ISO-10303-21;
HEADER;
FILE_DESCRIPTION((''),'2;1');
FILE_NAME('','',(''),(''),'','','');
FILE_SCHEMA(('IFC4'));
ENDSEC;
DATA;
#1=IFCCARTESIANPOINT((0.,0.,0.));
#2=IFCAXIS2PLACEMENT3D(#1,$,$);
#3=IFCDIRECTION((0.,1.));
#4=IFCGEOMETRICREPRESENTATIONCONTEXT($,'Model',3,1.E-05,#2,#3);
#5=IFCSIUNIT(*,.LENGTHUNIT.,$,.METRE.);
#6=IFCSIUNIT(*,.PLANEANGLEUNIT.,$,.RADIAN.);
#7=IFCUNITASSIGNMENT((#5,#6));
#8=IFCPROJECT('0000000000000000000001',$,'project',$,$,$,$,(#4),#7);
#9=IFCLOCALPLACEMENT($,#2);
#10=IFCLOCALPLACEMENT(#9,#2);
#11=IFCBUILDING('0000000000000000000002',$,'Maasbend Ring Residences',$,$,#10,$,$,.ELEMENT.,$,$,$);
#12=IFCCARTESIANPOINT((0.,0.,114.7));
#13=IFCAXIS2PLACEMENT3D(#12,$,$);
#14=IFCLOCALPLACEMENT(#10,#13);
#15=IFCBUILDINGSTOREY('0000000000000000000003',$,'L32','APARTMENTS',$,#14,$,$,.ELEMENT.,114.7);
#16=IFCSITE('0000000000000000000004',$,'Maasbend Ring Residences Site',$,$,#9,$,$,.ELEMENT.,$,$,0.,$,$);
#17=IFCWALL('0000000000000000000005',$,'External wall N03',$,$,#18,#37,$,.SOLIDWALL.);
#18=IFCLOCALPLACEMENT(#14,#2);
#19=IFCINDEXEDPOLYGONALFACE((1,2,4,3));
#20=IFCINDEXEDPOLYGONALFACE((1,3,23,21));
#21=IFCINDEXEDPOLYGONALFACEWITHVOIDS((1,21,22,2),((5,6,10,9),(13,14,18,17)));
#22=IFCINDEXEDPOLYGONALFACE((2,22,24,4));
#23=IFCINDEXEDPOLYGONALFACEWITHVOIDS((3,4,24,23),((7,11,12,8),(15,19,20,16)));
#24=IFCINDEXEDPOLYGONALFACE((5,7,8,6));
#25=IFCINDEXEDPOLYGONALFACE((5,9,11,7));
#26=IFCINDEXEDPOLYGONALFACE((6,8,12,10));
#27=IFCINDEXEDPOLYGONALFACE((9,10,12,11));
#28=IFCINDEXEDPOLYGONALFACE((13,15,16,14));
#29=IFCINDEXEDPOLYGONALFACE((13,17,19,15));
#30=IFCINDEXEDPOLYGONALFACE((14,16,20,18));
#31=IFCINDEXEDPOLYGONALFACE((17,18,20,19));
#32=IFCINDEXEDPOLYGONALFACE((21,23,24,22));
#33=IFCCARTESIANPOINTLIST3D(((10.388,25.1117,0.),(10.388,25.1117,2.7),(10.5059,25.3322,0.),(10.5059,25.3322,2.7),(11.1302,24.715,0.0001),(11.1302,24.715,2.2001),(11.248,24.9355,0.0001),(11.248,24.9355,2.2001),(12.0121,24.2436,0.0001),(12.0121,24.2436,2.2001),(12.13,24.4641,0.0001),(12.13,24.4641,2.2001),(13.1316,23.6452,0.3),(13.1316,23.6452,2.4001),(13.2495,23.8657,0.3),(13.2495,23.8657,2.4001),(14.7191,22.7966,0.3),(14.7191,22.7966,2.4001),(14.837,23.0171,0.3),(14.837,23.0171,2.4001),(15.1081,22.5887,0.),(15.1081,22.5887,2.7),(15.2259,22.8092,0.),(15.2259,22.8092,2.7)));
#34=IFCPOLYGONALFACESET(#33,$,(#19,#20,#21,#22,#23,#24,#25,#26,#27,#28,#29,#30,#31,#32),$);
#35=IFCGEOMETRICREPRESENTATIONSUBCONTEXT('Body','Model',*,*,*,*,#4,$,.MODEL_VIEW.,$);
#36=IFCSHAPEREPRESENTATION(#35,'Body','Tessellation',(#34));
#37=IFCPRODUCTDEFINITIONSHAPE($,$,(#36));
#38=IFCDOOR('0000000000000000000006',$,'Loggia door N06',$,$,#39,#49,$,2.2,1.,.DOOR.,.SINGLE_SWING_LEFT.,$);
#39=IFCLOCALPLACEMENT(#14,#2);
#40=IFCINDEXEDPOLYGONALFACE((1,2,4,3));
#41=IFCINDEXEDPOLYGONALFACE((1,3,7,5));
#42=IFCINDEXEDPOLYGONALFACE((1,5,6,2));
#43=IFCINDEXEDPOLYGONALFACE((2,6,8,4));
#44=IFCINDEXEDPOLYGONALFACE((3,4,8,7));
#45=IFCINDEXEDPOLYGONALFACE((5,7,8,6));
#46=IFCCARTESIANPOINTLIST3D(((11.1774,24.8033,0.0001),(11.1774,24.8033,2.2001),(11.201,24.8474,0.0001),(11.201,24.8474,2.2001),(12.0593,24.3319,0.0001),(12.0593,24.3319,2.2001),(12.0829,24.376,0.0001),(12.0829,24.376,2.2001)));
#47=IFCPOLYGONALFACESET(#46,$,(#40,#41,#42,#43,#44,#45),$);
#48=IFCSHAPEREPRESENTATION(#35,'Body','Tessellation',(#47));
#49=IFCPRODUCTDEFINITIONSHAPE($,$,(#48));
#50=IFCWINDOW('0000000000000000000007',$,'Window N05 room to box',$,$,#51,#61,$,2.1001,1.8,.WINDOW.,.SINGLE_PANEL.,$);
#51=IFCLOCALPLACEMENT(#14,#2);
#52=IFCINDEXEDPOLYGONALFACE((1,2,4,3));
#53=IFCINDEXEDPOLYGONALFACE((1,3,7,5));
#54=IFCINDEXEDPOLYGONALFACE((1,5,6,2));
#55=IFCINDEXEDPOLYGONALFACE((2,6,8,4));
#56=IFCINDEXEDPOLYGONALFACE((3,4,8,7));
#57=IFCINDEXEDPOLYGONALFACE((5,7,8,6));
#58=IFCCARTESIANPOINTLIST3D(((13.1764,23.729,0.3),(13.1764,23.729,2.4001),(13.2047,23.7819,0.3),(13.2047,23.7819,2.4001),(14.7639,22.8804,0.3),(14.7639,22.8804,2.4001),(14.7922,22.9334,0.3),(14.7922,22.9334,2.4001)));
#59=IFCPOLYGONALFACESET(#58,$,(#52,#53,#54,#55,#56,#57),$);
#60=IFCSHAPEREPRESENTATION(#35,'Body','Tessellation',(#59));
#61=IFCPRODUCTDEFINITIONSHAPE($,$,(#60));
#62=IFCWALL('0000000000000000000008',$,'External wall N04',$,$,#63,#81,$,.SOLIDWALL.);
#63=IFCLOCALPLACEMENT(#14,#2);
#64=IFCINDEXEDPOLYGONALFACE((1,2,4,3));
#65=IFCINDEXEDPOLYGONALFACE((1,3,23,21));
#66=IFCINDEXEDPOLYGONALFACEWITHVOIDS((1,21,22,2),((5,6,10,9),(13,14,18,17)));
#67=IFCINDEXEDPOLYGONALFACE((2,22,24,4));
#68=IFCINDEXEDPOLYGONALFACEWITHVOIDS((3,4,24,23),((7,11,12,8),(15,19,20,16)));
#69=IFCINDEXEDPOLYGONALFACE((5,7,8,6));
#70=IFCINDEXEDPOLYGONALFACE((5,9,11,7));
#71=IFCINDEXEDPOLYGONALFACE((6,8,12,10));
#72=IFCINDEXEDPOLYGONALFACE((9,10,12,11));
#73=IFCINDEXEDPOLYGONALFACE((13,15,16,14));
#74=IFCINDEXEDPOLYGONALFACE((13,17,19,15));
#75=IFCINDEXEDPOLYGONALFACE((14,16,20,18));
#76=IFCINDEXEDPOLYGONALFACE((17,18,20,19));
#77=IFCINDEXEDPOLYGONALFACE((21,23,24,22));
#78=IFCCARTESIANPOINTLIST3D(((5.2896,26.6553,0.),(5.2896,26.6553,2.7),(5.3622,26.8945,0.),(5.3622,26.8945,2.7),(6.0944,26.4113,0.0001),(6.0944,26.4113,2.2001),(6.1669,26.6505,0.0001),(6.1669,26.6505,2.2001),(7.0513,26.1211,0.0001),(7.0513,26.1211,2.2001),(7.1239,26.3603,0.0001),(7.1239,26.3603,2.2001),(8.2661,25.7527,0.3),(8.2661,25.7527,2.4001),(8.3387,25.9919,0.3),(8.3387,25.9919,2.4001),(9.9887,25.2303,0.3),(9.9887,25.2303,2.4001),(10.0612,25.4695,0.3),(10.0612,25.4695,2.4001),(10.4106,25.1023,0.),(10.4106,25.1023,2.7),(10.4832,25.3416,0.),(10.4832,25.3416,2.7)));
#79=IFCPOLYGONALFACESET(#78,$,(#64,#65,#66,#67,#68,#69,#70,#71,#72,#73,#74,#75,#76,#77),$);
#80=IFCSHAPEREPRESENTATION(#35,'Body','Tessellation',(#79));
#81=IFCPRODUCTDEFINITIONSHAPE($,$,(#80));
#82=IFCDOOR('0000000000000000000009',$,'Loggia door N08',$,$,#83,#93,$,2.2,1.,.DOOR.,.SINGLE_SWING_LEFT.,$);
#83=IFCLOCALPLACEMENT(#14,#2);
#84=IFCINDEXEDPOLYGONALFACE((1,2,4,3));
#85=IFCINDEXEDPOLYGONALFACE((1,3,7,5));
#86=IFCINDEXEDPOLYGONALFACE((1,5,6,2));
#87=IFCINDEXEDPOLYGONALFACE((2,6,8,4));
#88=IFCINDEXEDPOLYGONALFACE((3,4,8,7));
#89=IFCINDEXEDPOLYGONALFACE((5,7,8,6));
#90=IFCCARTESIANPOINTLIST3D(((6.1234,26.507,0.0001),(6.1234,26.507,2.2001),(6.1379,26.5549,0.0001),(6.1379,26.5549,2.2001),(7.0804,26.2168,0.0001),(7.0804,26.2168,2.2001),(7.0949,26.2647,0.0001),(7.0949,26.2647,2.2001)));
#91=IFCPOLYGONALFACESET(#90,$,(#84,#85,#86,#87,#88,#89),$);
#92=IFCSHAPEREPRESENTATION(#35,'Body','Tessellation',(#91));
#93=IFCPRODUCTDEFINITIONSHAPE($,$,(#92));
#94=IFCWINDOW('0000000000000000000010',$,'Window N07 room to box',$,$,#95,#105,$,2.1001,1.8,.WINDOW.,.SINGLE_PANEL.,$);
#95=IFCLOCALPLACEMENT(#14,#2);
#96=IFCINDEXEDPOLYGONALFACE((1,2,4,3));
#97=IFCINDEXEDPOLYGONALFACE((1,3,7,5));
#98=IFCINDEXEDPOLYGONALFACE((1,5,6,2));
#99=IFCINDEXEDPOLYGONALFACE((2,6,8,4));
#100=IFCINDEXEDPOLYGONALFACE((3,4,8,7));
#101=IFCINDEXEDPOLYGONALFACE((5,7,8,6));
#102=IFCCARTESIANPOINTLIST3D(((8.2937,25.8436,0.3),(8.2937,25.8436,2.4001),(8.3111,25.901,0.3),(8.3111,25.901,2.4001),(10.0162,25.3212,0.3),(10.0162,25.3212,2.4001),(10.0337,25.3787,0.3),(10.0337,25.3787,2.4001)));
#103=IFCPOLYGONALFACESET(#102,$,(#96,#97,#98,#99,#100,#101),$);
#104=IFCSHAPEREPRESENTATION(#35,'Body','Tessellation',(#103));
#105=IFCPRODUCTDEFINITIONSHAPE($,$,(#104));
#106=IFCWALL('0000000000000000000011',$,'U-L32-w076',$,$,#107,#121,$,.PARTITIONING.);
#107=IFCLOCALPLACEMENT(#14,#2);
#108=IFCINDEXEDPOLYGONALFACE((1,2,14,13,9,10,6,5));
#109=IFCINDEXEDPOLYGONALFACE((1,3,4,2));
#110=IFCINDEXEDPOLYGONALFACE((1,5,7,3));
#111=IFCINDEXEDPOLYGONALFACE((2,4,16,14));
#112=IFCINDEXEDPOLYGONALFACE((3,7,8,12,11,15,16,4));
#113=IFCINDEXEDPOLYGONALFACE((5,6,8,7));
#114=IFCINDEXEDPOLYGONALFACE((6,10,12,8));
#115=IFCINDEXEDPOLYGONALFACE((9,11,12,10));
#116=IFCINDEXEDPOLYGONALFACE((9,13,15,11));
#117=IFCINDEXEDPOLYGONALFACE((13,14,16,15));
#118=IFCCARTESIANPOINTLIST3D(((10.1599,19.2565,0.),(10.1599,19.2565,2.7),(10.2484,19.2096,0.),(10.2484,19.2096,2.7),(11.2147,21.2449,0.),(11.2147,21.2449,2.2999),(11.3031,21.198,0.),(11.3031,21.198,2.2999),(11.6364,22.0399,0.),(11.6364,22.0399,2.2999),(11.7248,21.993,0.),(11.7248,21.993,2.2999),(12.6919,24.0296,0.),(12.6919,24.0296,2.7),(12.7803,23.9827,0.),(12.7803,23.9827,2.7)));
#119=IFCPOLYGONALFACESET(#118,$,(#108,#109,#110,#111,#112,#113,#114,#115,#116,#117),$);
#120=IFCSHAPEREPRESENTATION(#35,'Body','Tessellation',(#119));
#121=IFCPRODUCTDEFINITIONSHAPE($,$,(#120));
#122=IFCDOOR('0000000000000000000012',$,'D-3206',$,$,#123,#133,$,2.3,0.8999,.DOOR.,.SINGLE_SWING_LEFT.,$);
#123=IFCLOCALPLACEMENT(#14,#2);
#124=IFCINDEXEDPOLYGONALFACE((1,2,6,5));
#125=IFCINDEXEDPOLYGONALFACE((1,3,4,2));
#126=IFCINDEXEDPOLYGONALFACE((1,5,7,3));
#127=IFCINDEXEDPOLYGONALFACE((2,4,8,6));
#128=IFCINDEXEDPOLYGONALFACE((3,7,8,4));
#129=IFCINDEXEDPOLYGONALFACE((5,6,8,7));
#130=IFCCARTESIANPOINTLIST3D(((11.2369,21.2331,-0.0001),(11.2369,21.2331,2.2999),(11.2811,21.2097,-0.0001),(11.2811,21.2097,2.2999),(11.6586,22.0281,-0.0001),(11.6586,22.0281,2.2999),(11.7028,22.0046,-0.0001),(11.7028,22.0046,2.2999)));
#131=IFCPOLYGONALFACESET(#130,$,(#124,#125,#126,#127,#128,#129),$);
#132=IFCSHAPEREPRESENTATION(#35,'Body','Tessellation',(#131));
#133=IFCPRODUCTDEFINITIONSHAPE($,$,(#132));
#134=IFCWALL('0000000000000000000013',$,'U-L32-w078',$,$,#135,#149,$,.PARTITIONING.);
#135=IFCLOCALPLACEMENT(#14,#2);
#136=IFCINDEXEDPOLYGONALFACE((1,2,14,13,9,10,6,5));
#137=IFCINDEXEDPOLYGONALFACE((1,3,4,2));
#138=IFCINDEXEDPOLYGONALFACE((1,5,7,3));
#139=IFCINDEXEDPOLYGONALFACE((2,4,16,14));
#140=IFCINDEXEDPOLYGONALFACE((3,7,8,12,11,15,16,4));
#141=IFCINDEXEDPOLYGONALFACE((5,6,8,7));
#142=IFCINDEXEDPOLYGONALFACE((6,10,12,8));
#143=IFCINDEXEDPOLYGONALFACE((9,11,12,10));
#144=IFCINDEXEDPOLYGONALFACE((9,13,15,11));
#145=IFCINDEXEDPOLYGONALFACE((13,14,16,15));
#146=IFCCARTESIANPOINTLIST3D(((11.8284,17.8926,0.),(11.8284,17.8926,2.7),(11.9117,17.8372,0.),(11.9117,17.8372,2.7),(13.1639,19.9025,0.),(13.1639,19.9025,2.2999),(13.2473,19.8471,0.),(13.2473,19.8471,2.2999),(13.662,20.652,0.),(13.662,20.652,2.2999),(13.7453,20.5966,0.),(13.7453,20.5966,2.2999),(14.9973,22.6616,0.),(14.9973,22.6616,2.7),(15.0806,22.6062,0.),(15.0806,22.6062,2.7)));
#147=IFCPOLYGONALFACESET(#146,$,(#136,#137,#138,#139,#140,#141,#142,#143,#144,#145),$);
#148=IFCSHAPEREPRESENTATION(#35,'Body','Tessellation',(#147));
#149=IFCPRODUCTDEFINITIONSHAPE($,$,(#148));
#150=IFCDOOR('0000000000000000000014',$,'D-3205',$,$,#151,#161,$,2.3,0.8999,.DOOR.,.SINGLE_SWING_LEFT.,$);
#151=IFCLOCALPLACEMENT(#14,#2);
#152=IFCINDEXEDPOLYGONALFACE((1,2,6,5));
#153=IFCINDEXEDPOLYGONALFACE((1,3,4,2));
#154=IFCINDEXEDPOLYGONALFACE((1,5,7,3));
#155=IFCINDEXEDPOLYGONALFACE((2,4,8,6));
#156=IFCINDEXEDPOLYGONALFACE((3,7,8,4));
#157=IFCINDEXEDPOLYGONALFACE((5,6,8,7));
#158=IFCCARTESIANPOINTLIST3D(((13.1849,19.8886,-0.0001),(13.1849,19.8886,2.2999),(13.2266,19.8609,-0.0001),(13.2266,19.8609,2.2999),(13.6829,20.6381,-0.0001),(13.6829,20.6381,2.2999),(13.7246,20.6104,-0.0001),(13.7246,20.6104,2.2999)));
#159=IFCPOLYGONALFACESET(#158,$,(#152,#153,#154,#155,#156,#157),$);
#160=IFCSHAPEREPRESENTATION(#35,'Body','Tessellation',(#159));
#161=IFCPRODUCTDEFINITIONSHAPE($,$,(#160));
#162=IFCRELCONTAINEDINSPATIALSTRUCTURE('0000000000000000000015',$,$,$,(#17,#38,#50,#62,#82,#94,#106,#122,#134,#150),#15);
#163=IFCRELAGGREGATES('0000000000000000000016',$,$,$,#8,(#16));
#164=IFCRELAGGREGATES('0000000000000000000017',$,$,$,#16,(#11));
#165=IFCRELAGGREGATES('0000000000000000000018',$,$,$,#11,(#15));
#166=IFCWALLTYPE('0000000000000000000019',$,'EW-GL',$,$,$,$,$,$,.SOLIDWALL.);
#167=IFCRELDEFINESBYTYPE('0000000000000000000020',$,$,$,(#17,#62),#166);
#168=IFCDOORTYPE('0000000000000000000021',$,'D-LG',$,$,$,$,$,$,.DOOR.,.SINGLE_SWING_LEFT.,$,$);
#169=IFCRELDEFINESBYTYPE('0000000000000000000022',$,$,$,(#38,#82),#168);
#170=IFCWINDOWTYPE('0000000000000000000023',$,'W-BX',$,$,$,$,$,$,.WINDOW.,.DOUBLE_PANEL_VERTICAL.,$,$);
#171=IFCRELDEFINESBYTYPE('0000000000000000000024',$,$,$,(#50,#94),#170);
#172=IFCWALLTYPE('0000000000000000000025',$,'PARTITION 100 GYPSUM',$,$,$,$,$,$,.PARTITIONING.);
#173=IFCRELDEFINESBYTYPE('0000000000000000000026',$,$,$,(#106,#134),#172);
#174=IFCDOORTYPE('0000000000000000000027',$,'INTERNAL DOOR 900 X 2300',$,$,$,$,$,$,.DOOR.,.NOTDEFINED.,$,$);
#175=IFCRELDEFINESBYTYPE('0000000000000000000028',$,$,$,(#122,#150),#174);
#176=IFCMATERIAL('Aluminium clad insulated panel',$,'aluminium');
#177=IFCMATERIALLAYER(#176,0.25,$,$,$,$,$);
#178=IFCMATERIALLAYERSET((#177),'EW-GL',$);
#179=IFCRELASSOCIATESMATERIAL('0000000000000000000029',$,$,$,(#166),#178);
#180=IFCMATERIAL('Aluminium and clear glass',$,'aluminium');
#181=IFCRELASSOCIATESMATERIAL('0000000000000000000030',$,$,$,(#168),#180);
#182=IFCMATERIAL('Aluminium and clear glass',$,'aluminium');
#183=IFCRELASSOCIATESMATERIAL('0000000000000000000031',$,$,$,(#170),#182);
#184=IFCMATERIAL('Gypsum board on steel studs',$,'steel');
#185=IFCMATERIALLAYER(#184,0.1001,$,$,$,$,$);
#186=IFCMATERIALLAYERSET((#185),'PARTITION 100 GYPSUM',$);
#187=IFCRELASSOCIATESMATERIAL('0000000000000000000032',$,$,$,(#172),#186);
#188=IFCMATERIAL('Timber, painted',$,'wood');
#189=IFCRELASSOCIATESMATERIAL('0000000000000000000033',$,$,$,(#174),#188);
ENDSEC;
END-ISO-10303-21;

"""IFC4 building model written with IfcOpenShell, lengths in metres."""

from ifc_helpers import new_model, si_unit, direction, frame, frame_2d, origin, place, context, subcontext, project, spatial, rectangle, extrude, material, layer, layer_set, type_object, element, fill, save


model = new_model("IFC4")

# Units and contexts
model_context = context("Model", 3, precision=1e-05, world=origin(), true_north=direction((0.0, 1.0)))
body_context = subcontext(model_context, "Body", "Model", "MODEL_VIEW")
ifc_project = project(units=[si_unit("LENGTHUNIT", "METRE"), si_unit("PLANEANGLEUNIT", "RADIAN")], contexts=[model_context])

# Site, building, storey
site_placement = place(None, origin())
site = spatial("IfcSite", under=ifc_project, at=site_placement, Name="Maasbend Ring Residences Site", CompositionType="ELEMENT", RefElevation=0.0)
building_placement = place(site_placement, origin())
building = spatial("IfcBuilding", under=site, at=building_placement, Name="Maasbend Ring Residences", CompositionType="ELEMENT")
storey_placement = place(building_placement, frame((0.0, 0.0, 114.7)))
storey = spatial("IfcBuildingStorey", under=building, at=storey_placement, Name="L32", Description="APARTMENTS", CompositionType="ELEMENT", Elevation=114.7)

# Walls, openings, doors, windows
ifc_material_1 = material(Name="Aluminium clad insulated panel", Category="aluminium")
ifc_layer_1 = layer(ifc_material_1, 0.25)
ifc_layer_set_1 = layer_set([ifc_layer_1], Name="EW-GL")
wall_type_1 = type_object("IfcWallType", Name="EW-GL", PredefinedType="SOLIDWALL", material=ifc_layer_set_1)
wall_1_placement = place(storey_placement, frame((15.167, 22.699, 0.0), z_axis=(0.0, 0.0, 1.0), x_axis=(-0.881916, 0.471407, 0.0)))
wall_1 = element("IfcWall", 1, at=wall_1_placement, inside=storey, type_object=wall_type_1, Name="External wall N03", PredefinedType="SOLIDWALL", context=body_context, shape_type="SweptSolid", body=[
    extrude(rectangle(XDim=5.3521, YDim=0.25, at=frame_2d((2.676, 0.0))), origin(), (0.0, 0.0, 1.0), 2.7),
])
opening_1_placement = place(wall_1_placement, frame((0.4412, 0.0, 0.3)))
opening_1 = element("IfcOpeningElement", 2, at=opening_1_placement, cuts=wall_1, PredefinedType="OPENING", context=body_context, shape_type="SweptSolid", body=[
    extrude(rectangle(XDim=1.8, YDim=2.1001, at=frame_2d((0.8999, 1.05))), frame((0.0, 0.135, 0.0), z_axis=(0.0, -1.0, 0.0), x_axis=(1.0, 0.0, 0.0)), (0.0, 0.0, 1.0), 0.27),
])
opening_2_placement = place(wall_1_placement, frame((3.5105, 0.0, 0.0)))
opening_2 = element("IfcOpeningElement", 3, at=opening_2_placement, cuts=wall_1, PredefinedType="OPENING", context=body_context, shape_type="SweptSolid", body=[
    extrude(rectangle(XDim=1.0, YDim=2.2, at=frame_2d((0.5, 1.1001))), frame((0.0, 0.135, 0.0), z_axis=(0.0, -1.0, 0.0), x_axis=(1.0, 0.0, 0.0)), (0.0, 0.0, 1.0), 0.27),
])
ifc_material_2 = material(Name="Aluminium and clear glass", Category="aluminium")
door_type_1 = type_object("IfcDoorType", Name="D-LG", OperationType="SINGLE_SWING_LEFT", PredefinedType="DOOR", material=ifc_material_2)
door_1_placement = place(opening_2_placement, origin())
door_1 = element("IfcDoor", 4, at=door_1_placement, inside=storey, type_object=door_type_1, Name="Loggia door N06", OperationType="SINGLE_SWING_LEFT", OverallHeight=2.2, OverallWidth=1.0, PredefinedType="DOOR", context=body_context, shape_type="SweptSolid", body=[
    extrude(rectangle(XDim=1.0, YDim=2.2, at=frame_2d((0.5, 1.1001))), frame((0.0, 0.0249, 0.0), z_axis=(0.0, -1.0, 0.0), x_axis=(1.0, 0.0, 0.0)), (0.0, 0.0, 1.0), 0.05),
])
fill(opening_2, door_1)
ifc_material_3 = material(Name="Aluminium and clear glass", Category="aluminium")
window_type_1 = type_object("IfcWindowType", Name="W-BX", PartitioningType="DOUBLE_PANEL_VERTICAL", PredefinedType="WINDOW", material=ifc_material_3)
window_1_placement = place(opening_1_placement, origin())
window_1 = element("IfcWindow", 5, at=window_1_placement, inside=storey, type_object=window_type_1, Name="Window N05 room to box", OverallHeight=2.1001, OverallWidth=1.8, PartitioningType="SINGLE_PANEL", PredefinedType="WINDOW", context=body_context, shape_type="SweptSolid", body=[
    extrude(rectangle(XDim=1.8, YDim=2.1001, at=frame_2d((0.8999, 1.05))), frame((0.0, 0.03, 0.0), z_axis=(0.0, -1.0, 0.0), x_axis=(1.0, 0.0, 0.0)), (0.0, 0.0, 1.0), 0.0601),
])
fill(opening_1, window_1)
wall_2_placement = place(storey_placement, frame((10.447, 25.2219, 0.0), z_axis=(0.0, 0.0, 1.0), x_axis=(-0.956966, 0.290201, 0.0)))
wall_2 = element("IfcWall", 6, at=wall_2_placement, inside=storey, type_object=wall_type_1, Name="External wall N04", PredefinedType="SOLIDWALL", context=body_context, shape_type="SweptSolid", body=[
    extrude(rectangle(XDim=5.3513, YDim=0.25, at=frame_2d((2.6758, 0.0))), origin(), (0.0, 0.0, 1.0), 2.7),
])
opening_3_placement = place(wall_2_placement, frame((0.4412, 0.0, 0.3)))
opening_3 = element("IfcOpeningElement", 7, at=opening_3_placement, cuts=wall_2, PredefinedType="OPENING", context=body_context, shape_type="SweptSolid", body=[
    extrude(rectangle(XDim=1.8, YDim=2.1001, at=frame_2d((0.8999, 1.05))), frame((0.0, 0.135, 0.0), z_axis=(0.0, -1.0, 0.0), x_axis=(1.0, 0.0, 0.0)), (0.0, 0.0, 1.0), 0.27),
])
opening_4_placement = place(wall_2_placement, frame((3.5105, 0.0, 0.0)))
opening_4 = element("IfcOpeningElement", 8, at=opening_4_placement, cuts=wall_2, PredefinedType="OPENING", context=body_context, shape_type="SweptSolid", body=[
    extrude(rectangle(XDim=1.0, YDim=2.2, at=frame_2d((0.5, 1.1001))), frame((0.0, 0.135, 0.0), z_axis=(0.0, -1.0, 0.0), x_axis=(1.0, 0.0, 0.0)), (0.0, 0.0, 1.0), 0.27),
])
door_2_placement = place(opening_4_placement, origin())
door_2 = element("IfcDoor", 9, at=door_2_placement, inside=storey, type_object=door_type_1, Name="Loggia door N08", OperationType="SINGLE_SWING_LEFT", OverallHeight=2.2, OverallWidth=1.0, PredefinedType="DOOR", context=body_context, shape_type="SweptSolid", body=[
    extrude(rectangle(XDim=1.0, YDim=2.2, at=frame_2d((0.5, 1.1001))), frame((0.0, 0.0249, 0.0), z_axis=(0.0, -1.0, 0.0), x_axis=(1.0, 0.0, 0.0)), (0.0, 0.0, 1.0), 0.05),
])
fill(opening_4, door_2)
window_2_placement = place(opening_3_placement, origin())
window_2 = element("IfcWindow", 10, at=window_2_placement, inside=storey, type_object=window_type_1, Name="Window N07 room to box", OverallHeight=2.1001, OverallWidth=1.8, PartitioningType="SINGLE_PANEL", PredefinedType="WINDOW", context=body_context, shape_type="SweptSolid", body=[
    extrude(rectangle(XDim=1.8, YDim=2.1001, at=frame_2d((0.8999, 1.05))), frame((0.0, 0.03, 0.0), z_axis=(0.0, -1.0, 0.0), x_axis=(1.0, 0.0, 0.0)), (0.0, 0.0, 1.0), 0.0601),
])
fill(opening_3, window_2)

# Walls, openings, doors
ifc_material_4 = material(Name="Gypsum board on steel studs", Category="steel")
ifc_layer_2 = layer(ifc_material_4, 0.1001)
ifc_layer_set_2 = layer_set([ifc_layer_2], Name="PARTITION 100 GYPSUM")
wall_type_2 = type_object("IfcWallType", Name="PARTITION 100 GYPSUM", PredefinedType="PARTITIONING", material=ifc_layer_set_2)
wall_3_placement = place(storey_placement, frame((10.2041, 19.2329, 0.0), z_axis=(0.0, 0.0, 1.0), x_axis=(0.46861, 0.883405, 0.0)))
wall_3 = element("IfcWall", 11, at=wall_3_placement, inside=storey, type_object=wall_type_2, Name="U-L32-w076", PredefinedType="PARTITIONING", context=body_context, shape_type="SweptSolid", body=[
    extrude(rectangle(XDim=5.4031, YDim=0.1001, at=frame_2d((2.7017, 0.0))), origin(), (0.0, 0.0, 1.0), 2.7),
])
opening_5_placement = place(wall_3_placement, frame((2.251, 0.0, 0.0)))
opening_5 = element("IfcOpeningElement", 12, at=opening_5_placement, cuts=wall_3, PredefinedType="OPENING", context=body_context, shape_type="SweptSolid", body=[
    extrude(rectangle(XDim=0.8999, YDim=2.3, at=frame_2d((0.45, 1.1499))), frame((0.0, 0.0601, 0.0), z_axis=(0.0, -1.0, 0.0), x_axis=(1.0, 0.0, 0.0)), (0.0, 0.0, 1.0), 0.1201),
])
ifc_material_5 = material(Name="Timber, painted", Category="wood")
door_type_2 = type_object("IfcDoorType", Name="INTERNAL DOOR 900 X 2300", OperationType="NOTDEFINED", PredefinedType="DOOR", material=ifc_material_5)
door_3_placement = place(opening_5_placement, origin())
door_3 = element("IfcDoor", 13, at=door_3_placement, inside=storey, type_object=door_type_2, Name="D-3206", OperationType="SINGLE_SWING_LEFT", OverallHeight=2.3, OverallWidth=0.8999, PredefinedType="DOOR", context=body_context, shape_type="SweptSolid", body=[
    extrude(rectangle(XDim=0.8999, YDim=2.3, at=frame_2d((0.45, 1.1499))), frame((0.0, 0.0249, 0.0), z_axis=(0.0, -1.0, 0.0), x_axis=(1.0, 0.0, 0.0)), (0.0, 0.0, 1.0), 0.05),
])
fill(opening_5, door_3)
wall_4_placement = place(storey_placement, frame((11.8701, 17.865, 0.0), z_axis=(0.0, 0.0, 1.0), x_axis=(0.55344, 0.832889, 0.0)))
wall_4 = element("IfcWall", 14, at=wall_4_placement, inside=storey, type_object=wall_type_2, Name="U-L32-w078", PredefinedType="PARTITIONING", context=body_context, shape_type="SweptSolid", body=[
    extrude(rectangle(XDim=5.7258, YDim=0.1001, at=frame_2d((2.8628, 0.0))), origin(), (0.0, 0.0, 1.0), 2.7),
])
opening_6_placement = place(wall_4_placement, frame((2.4131, 0.0, 0.0)))
opening_6 = element("IfcOpeningElement", 15, at=opening_6_placement, cuts=wall_4, PredefinedType="OPENING", context=body_context, shape_type="SweptSolid", body=[
    extrude(rectangle(XDim=0.8999, YDim=2.3, at=frame_2d((0.45, 1.1499))), frame((0.0, 0.0601, 0.0), z_axis=(0.0, -1.0, 0.0), x_axis=(1.0, 0.0, 0.0)), (0.0, 0.0, 1.0), 0.1201),
])
door_4_placement = place(opening_6_placement, origin())
door_4 = element("IfcDoor", 16, at=door_4_placement, inside=storey, type_object=door_type_2, Name="D-3205", OperationType="SINGLE_SWING_LEFT", OverallHeight=2.3, OverallWidth=0.8999, PredefinedType="DOOR", context=body_context, shape_type="SweptSolid", body=[
    extrude(rectangle(XDim=0.8999, YDim=2.3, at=frame_2d((0.45, 1.1499))), frame((0.0, 0.0249, 0.0), z_axis=(0.0, -1.0, 0.0), x_axis=(1.0, 0.0, 0.0)), (0.0, 0.0, 1.0), 0.05),
])
fill(opening_6, door_4)

save(model, "model.ifc")
